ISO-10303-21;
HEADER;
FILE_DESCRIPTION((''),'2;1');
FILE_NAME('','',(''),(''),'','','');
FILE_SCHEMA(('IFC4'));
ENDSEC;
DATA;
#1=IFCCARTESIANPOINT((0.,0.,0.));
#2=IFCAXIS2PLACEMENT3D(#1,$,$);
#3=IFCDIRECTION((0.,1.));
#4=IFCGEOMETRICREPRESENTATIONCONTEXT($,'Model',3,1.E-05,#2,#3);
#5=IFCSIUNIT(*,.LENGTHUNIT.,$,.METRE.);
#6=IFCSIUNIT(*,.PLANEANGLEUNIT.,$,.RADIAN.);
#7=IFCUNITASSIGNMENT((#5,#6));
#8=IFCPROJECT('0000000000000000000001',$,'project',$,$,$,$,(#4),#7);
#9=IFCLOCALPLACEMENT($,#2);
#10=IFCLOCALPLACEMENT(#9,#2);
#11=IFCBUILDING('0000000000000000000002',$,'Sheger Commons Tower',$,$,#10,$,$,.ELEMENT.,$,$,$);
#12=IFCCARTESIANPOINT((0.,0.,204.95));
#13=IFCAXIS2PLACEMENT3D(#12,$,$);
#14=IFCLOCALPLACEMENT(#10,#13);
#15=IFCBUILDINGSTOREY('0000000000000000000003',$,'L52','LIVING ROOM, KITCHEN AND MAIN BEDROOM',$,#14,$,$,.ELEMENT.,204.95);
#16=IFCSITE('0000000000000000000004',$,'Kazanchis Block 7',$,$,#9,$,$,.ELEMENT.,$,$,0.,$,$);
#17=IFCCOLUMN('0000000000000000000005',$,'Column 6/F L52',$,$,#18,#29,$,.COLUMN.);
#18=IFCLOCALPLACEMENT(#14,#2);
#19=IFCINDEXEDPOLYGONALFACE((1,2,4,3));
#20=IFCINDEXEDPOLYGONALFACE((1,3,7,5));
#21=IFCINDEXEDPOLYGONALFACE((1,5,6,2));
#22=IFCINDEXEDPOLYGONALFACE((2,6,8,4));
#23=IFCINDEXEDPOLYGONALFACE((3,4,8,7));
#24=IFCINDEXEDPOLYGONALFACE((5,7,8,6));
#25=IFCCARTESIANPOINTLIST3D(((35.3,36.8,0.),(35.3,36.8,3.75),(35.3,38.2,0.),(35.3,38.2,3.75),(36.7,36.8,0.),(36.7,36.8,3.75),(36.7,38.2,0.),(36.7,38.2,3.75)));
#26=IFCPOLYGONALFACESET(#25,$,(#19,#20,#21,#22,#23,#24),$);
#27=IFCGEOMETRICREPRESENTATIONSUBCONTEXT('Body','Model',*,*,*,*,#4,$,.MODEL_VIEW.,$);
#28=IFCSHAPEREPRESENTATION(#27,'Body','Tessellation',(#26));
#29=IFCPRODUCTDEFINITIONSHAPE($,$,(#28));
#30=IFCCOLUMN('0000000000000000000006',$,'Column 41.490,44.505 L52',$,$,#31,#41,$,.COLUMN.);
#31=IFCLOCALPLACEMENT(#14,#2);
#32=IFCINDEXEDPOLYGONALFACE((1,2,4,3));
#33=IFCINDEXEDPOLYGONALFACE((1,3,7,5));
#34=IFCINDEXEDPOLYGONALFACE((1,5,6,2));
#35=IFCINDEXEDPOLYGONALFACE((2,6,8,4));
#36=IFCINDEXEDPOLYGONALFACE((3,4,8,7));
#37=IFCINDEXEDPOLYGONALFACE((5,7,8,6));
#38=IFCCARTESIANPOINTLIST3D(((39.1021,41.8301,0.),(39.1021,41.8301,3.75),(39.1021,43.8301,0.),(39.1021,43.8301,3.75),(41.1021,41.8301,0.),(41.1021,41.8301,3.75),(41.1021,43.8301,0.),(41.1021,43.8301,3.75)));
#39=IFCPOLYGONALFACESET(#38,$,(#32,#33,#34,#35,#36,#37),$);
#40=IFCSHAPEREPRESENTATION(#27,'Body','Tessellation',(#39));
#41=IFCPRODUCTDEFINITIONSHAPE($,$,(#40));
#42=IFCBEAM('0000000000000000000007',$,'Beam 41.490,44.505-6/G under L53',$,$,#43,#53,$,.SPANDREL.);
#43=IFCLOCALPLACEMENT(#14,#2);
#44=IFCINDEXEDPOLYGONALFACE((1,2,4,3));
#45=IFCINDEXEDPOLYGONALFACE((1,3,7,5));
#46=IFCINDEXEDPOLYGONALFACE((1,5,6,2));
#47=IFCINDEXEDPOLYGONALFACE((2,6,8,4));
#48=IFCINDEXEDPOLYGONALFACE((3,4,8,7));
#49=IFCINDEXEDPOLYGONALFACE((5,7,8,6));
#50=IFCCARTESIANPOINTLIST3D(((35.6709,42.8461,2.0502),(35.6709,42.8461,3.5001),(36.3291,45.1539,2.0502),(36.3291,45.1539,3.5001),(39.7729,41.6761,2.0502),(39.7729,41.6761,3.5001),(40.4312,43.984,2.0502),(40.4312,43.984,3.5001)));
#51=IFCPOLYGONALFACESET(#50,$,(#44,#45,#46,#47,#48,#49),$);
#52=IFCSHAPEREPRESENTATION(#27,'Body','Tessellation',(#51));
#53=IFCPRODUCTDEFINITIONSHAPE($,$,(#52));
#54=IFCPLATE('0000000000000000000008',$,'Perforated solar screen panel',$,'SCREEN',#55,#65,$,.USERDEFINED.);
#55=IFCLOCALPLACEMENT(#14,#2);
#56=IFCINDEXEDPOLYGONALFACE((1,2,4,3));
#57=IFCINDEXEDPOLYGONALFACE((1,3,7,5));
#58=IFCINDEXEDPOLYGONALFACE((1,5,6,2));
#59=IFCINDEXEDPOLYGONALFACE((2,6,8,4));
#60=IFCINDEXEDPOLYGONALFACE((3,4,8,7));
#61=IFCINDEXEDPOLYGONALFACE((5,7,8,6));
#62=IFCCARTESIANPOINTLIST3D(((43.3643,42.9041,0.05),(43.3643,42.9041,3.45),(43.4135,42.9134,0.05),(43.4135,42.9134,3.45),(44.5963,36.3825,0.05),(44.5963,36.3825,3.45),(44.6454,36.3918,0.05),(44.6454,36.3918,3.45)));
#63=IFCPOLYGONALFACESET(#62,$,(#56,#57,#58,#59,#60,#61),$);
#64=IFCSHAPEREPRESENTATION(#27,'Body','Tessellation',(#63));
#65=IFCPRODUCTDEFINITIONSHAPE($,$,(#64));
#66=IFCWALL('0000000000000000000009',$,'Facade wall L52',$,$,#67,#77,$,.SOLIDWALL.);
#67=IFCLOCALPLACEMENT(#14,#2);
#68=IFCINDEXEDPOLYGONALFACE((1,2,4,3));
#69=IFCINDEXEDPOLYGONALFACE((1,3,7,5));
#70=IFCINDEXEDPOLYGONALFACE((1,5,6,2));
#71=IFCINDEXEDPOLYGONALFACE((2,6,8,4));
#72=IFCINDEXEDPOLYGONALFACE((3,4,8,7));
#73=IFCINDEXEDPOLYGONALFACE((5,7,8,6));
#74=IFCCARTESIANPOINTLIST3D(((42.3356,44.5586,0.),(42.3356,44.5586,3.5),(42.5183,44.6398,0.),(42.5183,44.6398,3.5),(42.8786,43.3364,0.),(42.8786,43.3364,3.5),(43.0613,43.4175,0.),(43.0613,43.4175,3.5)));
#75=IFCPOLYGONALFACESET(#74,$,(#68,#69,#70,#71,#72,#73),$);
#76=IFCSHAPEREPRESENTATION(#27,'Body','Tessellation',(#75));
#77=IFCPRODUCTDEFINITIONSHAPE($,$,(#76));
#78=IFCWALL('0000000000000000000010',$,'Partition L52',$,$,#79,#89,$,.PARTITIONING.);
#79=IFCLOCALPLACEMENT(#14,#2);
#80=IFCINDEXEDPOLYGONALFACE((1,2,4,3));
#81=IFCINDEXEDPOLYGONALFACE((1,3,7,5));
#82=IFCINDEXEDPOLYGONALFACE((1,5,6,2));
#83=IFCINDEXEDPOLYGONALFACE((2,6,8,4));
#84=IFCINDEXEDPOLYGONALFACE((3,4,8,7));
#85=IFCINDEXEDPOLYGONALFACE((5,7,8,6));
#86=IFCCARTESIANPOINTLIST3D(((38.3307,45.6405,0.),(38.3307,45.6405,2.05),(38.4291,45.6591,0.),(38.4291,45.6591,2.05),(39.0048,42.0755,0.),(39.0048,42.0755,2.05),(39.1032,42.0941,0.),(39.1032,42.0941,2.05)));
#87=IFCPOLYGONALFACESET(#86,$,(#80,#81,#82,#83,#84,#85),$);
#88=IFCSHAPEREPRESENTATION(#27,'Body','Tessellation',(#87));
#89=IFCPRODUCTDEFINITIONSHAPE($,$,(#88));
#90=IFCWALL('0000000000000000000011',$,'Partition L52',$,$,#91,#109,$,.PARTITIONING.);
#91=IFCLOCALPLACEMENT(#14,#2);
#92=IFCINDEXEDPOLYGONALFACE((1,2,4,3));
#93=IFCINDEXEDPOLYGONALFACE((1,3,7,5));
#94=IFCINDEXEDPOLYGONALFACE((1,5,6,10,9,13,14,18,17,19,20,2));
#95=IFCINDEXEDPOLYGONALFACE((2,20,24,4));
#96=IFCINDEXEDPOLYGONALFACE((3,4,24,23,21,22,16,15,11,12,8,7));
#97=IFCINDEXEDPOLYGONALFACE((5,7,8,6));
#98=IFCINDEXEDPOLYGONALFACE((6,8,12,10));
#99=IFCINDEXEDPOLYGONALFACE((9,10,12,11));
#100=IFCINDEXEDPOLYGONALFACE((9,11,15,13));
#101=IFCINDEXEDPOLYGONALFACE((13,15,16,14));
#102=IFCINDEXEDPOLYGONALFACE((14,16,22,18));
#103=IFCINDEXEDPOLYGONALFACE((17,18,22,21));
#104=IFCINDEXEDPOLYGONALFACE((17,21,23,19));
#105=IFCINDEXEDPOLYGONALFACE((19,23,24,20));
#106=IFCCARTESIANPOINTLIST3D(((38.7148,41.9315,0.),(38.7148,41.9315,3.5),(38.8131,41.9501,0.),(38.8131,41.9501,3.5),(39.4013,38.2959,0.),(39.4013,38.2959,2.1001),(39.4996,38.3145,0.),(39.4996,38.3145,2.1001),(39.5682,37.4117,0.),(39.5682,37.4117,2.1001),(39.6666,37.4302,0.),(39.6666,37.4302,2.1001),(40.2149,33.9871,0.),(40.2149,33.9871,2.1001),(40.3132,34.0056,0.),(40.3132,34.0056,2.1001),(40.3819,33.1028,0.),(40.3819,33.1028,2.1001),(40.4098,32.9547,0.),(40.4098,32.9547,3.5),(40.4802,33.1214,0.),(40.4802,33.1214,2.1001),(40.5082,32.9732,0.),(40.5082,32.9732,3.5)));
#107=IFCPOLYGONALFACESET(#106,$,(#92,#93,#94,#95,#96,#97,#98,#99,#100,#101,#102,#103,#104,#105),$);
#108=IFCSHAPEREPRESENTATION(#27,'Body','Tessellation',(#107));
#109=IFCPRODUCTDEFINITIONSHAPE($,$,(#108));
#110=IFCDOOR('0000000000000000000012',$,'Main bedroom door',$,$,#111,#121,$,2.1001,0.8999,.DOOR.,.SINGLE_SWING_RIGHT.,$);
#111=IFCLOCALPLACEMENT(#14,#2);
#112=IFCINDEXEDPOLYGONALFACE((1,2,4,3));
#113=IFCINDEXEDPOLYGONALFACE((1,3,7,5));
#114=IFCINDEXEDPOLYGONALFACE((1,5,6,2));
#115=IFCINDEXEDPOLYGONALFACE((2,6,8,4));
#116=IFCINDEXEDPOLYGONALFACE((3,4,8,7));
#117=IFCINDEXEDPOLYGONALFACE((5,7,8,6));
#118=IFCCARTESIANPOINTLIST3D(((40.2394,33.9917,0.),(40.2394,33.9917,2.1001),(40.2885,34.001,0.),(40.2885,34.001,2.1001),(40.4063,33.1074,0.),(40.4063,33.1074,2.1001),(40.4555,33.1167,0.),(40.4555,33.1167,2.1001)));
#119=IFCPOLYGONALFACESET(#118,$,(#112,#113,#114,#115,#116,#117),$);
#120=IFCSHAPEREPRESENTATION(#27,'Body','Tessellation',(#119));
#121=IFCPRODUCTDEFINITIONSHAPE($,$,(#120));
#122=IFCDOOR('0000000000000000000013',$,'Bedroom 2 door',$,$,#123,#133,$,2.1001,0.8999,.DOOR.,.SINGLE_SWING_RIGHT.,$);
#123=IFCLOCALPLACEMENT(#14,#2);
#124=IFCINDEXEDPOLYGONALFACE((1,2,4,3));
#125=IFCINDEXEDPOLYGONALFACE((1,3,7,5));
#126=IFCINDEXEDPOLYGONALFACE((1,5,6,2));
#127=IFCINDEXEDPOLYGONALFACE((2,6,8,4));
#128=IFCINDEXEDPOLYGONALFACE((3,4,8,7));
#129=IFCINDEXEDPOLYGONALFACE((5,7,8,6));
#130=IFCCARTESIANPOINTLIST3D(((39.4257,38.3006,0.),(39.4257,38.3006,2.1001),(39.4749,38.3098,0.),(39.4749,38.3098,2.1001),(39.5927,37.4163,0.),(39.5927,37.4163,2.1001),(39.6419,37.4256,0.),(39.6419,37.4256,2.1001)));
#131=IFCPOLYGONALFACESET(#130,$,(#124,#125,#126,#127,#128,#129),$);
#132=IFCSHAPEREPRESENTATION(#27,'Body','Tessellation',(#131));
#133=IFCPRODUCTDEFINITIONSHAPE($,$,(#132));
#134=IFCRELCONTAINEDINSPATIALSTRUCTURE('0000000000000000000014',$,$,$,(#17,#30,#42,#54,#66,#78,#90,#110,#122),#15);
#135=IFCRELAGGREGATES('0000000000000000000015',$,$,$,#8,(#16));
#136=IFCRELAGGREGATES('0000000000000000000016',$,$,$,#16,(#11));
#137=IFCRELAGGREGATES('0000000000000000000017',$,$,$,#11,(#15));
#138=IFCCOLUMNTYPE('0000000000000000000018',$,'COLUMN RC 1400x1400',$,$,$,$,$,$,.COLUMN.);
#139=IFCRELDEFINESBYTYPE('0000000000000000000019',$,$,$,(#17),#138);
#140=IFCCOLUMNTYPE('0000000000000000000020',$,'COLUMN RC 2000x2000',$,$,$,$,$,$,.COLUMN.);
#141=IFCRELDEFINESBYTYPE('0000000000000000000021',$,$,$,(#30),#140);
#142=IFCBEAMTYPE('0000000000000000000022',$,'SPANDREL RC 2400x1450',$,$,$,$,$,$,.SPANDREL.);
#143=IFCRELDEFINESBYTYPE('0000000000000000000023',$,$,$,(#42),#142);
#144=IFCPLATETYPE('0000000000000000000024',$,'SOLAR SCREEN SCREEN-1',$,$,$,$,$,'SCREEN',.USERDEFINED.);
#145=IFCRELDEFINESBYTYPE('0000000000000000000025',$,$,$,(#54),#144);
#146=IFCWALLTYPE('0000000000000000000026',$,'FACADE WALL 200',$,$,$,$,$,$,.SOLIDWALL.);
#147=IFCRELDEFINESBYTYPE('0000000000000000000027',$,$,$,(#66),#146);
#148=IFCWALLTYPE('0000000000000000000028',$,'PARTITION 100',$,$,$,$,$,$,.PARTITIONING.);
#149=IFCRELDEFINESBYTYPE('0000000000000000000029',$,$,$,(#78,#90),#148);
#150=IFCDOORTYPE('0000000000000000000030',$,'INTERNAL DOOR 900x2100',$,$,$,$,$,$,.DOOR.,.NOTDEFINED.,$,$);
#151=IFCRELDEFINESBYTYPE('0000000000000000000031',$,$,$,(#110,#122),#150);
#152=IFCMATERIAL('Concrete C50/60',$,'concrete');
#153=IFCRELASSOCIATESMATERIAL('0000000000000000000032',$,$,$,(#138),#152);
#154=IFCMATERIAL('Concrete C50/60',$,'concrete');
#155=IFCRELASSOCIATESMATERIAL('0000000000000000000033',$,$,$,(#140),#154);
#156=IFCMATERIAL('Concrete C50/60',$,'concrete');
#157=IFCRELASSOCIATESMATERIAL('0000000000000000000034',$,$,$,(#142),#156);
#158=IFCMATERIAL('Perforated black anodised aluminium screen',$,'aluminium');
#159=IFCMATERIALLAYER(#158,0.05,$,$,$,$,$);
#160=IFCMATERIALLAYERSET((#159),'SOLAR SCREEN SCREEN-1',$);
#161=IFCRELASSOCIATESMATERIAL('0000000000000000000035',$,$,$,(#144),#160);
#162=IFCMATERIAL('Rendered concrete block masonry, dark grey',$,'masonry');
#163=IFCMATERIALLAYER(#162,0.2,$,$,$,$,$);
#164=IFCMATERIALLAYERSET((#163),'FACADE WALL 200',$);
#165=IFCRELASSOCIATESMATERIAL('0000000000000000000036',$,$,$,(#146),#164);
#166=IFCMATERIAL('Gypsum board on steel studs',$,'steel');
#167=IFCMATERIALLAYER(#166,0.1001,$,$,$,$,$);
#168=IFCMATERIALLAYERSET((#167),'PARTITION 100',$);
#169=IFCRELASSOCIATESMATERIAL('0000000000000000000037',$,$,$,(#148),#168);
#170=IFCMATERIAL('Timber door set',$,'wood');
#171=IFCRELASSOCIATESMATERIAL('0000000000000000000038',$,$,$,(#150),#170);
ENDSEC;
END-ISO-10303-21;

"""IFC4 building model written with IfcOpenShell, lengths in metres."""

from ifc_helpers import new_model, si_unit, direction, frame, frame_2d, origin, origin_2d, place, context, subcontext, project, spatial, rectangle, extrude, material, layer, layer_set, material_profile, profile_set, type_object, element, fill, save


model = new_model("IFC4")

# Units and contexts
model_context = context("Model", 3, precision=1e-05, world=origin(), true_north=direction((0.0, 1.0)))
body_context = subcontext(model_context, "Body", "Model", "MODEL_VIEW")
ifc_project = project(units=[si_unit("LENGTHUNIT", "METRE"), si_unit("PLANEANGLEUNIT", "RADIAN")], contexts=[model_context])

# Site, building, storey
site_placement = place(None, origin())
site = spatial("IfcSite", under=ifc_project, at=site_placement, Name="Kazanchis Block 7", CompositionType="ELEMENT", RefElevation=0.0)
building_placement = place(site_placement, origin())
building = spatial("IfcBuilding", under=site, at=building_placement, Name="Sheger Commons Tower", CompositionType="ELEMENT")
storey_placement = place(building_placement, frame((0.0, 0.0, 204.95)))
storey = spatial("IfcBuildingStorey", under=building, at=storey_placement, Name="L52", Description="LIVING ROOM, KITCHEN AND MAIN BEDROOM", CompositionType="ELEMENT", Elevation=204.95)

# Columns
ifc_material_1 = material(Name="Concrete C50/60", Category="concrete")
ifc_material_profile_1 = material_profile(ifc_material_1, rectangle(XDim=1.3999, YDim=1.3999, at=origin_2d()), Name="RC 1400x1400")
ifc_profile_set_1 = profile_set([ifc_material_profile_1], Name="Concrete C50/60")
column_type_1 = type_object("IfcColumnType", Name="COLUMN RC 1400x1400", PredefinedType="COLUMN", material=ifc_profile_set_1)
column_1_placement = place(storey_placement, frame((36.0, 37.5, 0.0), z_axis=(0.0, 0.0, 1.0), x_axis=(1.0, 0.0, 0.0)))
element("IfcColumn", 1, at=column_1_placement, inside=storey, type_object=column_type_1, Name="Column 6/F L52", PredefinedType="COLUMN", context=body_context, shape_type="SweptSolid", body=[
    extrude(rectangle(XDim=1.3999, YDim=1.3999, at=origin_2d()), origin(), (0.0, 0.0, 1.0), 3.75),
])
ifc_material_2 = material(Name="Concrete C50/60", Category="concrete")
ifc_material_profile_2 = material_profile(ifc_material_2, rectangle(XDim=2.0, YDim=2.0, at=origin_2d()), Name="RC 2000x2000")
ifc_profile_set_2 = profile_set([ifc_material_profile_2], Name="Concrete C50/60")
column_type_2 = type_object("IfcColumnType", Name="COLUMN RC 2000x2000", PredefinedType="COLUMN", material=ifc_profile_set_2)
column_2_placement = place(storey_placement, frame((40.1021, 42.8301, 0.0), z_axis=(0.0, 0.0, 1.0), x_axis=(1.0, 0.0, 0.0)))
element("IfcColumn", 2, at=column_2_placement, inside=storey, type_object=column_type_2, Name="Column 41.490,44.505 L52", PredefinedType="COLUMN", context=body_context, shape_type="SweptSolid", body=[
    extrude(rectangle(XDim=2.0, YDim=2.0, at=origin_2d()), origin(), (0.0, 0.0, 1.0), 3.75),
])

# Beam
ifc_material_3 = material(Name="Concrete C50/60", Category="concrete")
ifc_material_profile_3 = material_profile(ifc_material_3, rectangle(XDim=2.3999, YDim=1.45, at=origin_2d()), Name="RC 2400x1450")
ifc_profile_set_3 = profile_set([ifc_material_profile_3], Name="Concrete C50/60")
beam_type = type_object("IfcBeamType", Name="SPANDREL RC 2400x1450", PredefinedType="SPANDREL", material=ifc_profile_set_3)
beam_placement = place(storey_placement, frame((40.1021, 42.8301, 2.7751), z_axis=(-0.961653, 0.274268, 0.0), x_axis=(-0.274268, -0.961653, 0.0)))
element("IfcBeam", 3, at=beam_placement, inside=storey, type_object=beam_type, Name="Beam 41.490,44.505-6/G under L53", PredefinedType="SPANDREL", context=body_context, shape_type="SweptSolid", body=[
    extrude(rectangle(XDim=2.3999, YDim=1.45, at=origin_2d()), origin(), (0.0, 0.0, 1.0), 4.2656),
])

# Plate
ifc_material_4 = material(Name="Perforated black anodised aluminium screen", Category="aluminium")
ifc_layer_1 = layer(ifc_material_4, 0.05)
ifc_layer_set_1 = layer_set([ifc_layer_1], Name="SOLAR SCREEN SCREEN-1")
plate_type = type_object("IfcPlateType", Name="SOLAR SCREEN SCREEN-1", ElementType="SCREEN", PredefinedType="USERDEFINED", material=ifc_layer_set_1)
plate_placement = place(storey_placement, frame((44.0049, 39.6479, 0.05), z_axis=(0.0, 0.0, 1.0), x_axis=(-0.185615, 0.982623, 0.0)))
element("IfcPlate", 4, at=plate_placement, inside=storey, type_object=plate_type, Name="Perforated solar screen panel", ObjectType="SCREEN", PredefinedType="USERDEFINED", context=body_context, shape_type="SweptSolid", body=[
    extrude(rectangle(XDim=6.637, YDim=0.05, at=origin_2d()), origin(), (0.0, 0.0, 1.0), 3.3999),
])

# Walls
ifc_material_5 = material(Name="Rendered concrete block masonry, dark grey", Category="masonry")
ifc_layer_2 = layer(ifc_material_5, 0.2)
ifc_layer_set_2 = layer_set([ifc_layer_2], Name="FACADE WALL 200")
wall_type_1 = type_object("IfcWallType", Name="FACADE WALL 200", PredefinedType="SOLIDWALL", material=ifc_layer_set_2)
wall_1_placement = place(storey_placement, frame((42.97, 43.377, 0.0), z_axis=(0.0, 0.0, 1.0), x_axis=(-0.406003, 0.913872, 0.0)))
element("IfcWall", 5, at=wall_1_placement, inside=storey, type_object=wall_type_1, Name="Facade wall L52", PredefinedType="SOLIDWALL", context=body_context, shape_type="SweptSolid", body=[
    extrude(rectangle(XDim=1.3374, YDim=0.2, at=frame_2d((0.6687, 0.0))), origin(), (0.0, 0.0, 1.0), 3.5),
])
ifc_material_6 = material(Name="Gypsum board on steel studs", Category="steel")
ifc_layer_3 = layer(ifc_material_6, 0.1001)
ifc_layer_set_3 = layer_set([ifc_layer_3], Name="PARTITION 100")
wall_type_2 = type_object("IfcWallType", Name="PARTITION 100", PredefinedType="PARTITIONING", material=ifc_layer_set_3)
wall_2_placement = place(storey_placement, frame((39.054, 42.085, 0.0), z_axis=(0.0, 0.0, 1.0), x_axis=(-0.185792, 0.982589, 0.0)))
element("IfcWall", 6, at=wall_2_placement, inside=storey, type_object=wall_type_2, Name="Partition L52", PredefinedType="PARTITIONING", context=body_context, shape_type="SweptSolid", body=[
    extrude(rectangle(XDim=3.6282, YDim=0.1001, at=frame_2d((1.814, 0.0))), origin(), (0.0, 0.0, 1.0), 2.05),
])

# Wall, openings, doors
wall_3_placement = place(storey_placement, frame((38.7639, 41.9409, 0.0), z_axis=(0.0, 0.0, 1.0), x_axis=(0.185549, -0.982635, 0.0)))
wall_3 = element("IfcWall", 7, at=wall_3_placement, inside=storey, type_object=wall_type_2, Name="Partition L52", PredefinedType="PARTITIONING", context=body_context, shape_type="SweptSolid", body=[
    extrude(rectangle(XDim=9.1355, YDim=0.1001, at=frame_2d((4.5679, 0.0))), origin(), (0.0, 0.0, 1.0), 3.5),
])
opening_1_placement = place(wall_3_placement, frame((8.085, 0.0, 0.0)))
opening_1 = element("IfcOpeningElement", 8, at=opening_1_placement, cuts=wall_3, PredefinedType="OPENING", context=body_context, shape_type="SweptSolid", body=[
    extrude(rectangle(XDim=0.8999, YDim=2.1001, at=frame_2d((0.45, 1.05))), frame((0.0, 0.0601, 0.0), z_axis=(0.0, -1.0, 0.0), x_axis=(1.0, 0.0, 0.0)), (0.0, 0.0, 1.0), 0.1201),
])
opening_2_placement = place(wall_3_placement, frame((3.7, 0.0, 0.0)))
opening_2 = element("IfcOpeningElement", 9, at=opening_2_placement, cuts=wall_3, PredefinedType="OPENING", context=body_context, shape_type="SweptSolid", body=[
    extrude(rectangle(XDim=0.8999, YDim=2.1001, at=frame_2d((0.45, 1.05))), frame((0.0, 0.0601, 0.0), z_axis=(0.0, -1.0, 0.0), x_axis=(1.0, 0.0, 0.0)), (0.0, 0.0, 1.0), 0.1201),
])
ifc_material_7 = material(Name="Timber door set", Category="wood")
door_type = type_object("IfcDoorType", Name="INTERNAL DOOR 900x2100", OperationType="NOTDEFINED", PredefinedType="DOOR", material=ifc_material_7)
door_1_placement = place(opening_1_placement, origin())
door_1 = element("IfcDoor", 10, at=door_1_placement, inside=storey, type_object=door_type, Name="Main bedroom door", OperationType="SINGLE_SWING_RIGHT", OverallHeight=2.1001, OverallWidth=0.8999, PredefinedType="DOOR", context=body_context, shape_type="SweptSolid", body=[
    extrude(rectangle(XDim=0.8999, YDim=2.1001, at=frame_2d((0.45, 1.05))), frame((0.0, 0.0249, 0.0), z_axis=(0.0, -1.0, 0.0), x_axis=(1.0, 0.0, 0.0)), (0.0, 0.0, 1.0), 0.05),
])
fill(opening_1, door_1)
door_2_placement = place(opening_2_placement, origin())
door_2 = element("IfcDoor", 11, at=door_2_placement, inside=storey, type_object=door_type, Name="Bedroom 2 door", OperationType="SINGLE_SWING_RIGHT", OverallHeight=2.1001, OverallWidth=0.8999, PredefinedType="DOOR", context=body_context, shape_type="SweptSolid", body=[
    extrude(rectangle(XDim=0.8999, YDim=2.1001, at=frame_2d((0.45, 1.05))), frame((0.0, 0.0249, 0.0), z_axis=(0.0, -1.0, 0.0), x_axis=(1.0, 0.0, 0.0)), (0.0, 0.0, 1.0), 0.05),
])
fill(opening_2, door_2)

save(model, "model.ifc")
